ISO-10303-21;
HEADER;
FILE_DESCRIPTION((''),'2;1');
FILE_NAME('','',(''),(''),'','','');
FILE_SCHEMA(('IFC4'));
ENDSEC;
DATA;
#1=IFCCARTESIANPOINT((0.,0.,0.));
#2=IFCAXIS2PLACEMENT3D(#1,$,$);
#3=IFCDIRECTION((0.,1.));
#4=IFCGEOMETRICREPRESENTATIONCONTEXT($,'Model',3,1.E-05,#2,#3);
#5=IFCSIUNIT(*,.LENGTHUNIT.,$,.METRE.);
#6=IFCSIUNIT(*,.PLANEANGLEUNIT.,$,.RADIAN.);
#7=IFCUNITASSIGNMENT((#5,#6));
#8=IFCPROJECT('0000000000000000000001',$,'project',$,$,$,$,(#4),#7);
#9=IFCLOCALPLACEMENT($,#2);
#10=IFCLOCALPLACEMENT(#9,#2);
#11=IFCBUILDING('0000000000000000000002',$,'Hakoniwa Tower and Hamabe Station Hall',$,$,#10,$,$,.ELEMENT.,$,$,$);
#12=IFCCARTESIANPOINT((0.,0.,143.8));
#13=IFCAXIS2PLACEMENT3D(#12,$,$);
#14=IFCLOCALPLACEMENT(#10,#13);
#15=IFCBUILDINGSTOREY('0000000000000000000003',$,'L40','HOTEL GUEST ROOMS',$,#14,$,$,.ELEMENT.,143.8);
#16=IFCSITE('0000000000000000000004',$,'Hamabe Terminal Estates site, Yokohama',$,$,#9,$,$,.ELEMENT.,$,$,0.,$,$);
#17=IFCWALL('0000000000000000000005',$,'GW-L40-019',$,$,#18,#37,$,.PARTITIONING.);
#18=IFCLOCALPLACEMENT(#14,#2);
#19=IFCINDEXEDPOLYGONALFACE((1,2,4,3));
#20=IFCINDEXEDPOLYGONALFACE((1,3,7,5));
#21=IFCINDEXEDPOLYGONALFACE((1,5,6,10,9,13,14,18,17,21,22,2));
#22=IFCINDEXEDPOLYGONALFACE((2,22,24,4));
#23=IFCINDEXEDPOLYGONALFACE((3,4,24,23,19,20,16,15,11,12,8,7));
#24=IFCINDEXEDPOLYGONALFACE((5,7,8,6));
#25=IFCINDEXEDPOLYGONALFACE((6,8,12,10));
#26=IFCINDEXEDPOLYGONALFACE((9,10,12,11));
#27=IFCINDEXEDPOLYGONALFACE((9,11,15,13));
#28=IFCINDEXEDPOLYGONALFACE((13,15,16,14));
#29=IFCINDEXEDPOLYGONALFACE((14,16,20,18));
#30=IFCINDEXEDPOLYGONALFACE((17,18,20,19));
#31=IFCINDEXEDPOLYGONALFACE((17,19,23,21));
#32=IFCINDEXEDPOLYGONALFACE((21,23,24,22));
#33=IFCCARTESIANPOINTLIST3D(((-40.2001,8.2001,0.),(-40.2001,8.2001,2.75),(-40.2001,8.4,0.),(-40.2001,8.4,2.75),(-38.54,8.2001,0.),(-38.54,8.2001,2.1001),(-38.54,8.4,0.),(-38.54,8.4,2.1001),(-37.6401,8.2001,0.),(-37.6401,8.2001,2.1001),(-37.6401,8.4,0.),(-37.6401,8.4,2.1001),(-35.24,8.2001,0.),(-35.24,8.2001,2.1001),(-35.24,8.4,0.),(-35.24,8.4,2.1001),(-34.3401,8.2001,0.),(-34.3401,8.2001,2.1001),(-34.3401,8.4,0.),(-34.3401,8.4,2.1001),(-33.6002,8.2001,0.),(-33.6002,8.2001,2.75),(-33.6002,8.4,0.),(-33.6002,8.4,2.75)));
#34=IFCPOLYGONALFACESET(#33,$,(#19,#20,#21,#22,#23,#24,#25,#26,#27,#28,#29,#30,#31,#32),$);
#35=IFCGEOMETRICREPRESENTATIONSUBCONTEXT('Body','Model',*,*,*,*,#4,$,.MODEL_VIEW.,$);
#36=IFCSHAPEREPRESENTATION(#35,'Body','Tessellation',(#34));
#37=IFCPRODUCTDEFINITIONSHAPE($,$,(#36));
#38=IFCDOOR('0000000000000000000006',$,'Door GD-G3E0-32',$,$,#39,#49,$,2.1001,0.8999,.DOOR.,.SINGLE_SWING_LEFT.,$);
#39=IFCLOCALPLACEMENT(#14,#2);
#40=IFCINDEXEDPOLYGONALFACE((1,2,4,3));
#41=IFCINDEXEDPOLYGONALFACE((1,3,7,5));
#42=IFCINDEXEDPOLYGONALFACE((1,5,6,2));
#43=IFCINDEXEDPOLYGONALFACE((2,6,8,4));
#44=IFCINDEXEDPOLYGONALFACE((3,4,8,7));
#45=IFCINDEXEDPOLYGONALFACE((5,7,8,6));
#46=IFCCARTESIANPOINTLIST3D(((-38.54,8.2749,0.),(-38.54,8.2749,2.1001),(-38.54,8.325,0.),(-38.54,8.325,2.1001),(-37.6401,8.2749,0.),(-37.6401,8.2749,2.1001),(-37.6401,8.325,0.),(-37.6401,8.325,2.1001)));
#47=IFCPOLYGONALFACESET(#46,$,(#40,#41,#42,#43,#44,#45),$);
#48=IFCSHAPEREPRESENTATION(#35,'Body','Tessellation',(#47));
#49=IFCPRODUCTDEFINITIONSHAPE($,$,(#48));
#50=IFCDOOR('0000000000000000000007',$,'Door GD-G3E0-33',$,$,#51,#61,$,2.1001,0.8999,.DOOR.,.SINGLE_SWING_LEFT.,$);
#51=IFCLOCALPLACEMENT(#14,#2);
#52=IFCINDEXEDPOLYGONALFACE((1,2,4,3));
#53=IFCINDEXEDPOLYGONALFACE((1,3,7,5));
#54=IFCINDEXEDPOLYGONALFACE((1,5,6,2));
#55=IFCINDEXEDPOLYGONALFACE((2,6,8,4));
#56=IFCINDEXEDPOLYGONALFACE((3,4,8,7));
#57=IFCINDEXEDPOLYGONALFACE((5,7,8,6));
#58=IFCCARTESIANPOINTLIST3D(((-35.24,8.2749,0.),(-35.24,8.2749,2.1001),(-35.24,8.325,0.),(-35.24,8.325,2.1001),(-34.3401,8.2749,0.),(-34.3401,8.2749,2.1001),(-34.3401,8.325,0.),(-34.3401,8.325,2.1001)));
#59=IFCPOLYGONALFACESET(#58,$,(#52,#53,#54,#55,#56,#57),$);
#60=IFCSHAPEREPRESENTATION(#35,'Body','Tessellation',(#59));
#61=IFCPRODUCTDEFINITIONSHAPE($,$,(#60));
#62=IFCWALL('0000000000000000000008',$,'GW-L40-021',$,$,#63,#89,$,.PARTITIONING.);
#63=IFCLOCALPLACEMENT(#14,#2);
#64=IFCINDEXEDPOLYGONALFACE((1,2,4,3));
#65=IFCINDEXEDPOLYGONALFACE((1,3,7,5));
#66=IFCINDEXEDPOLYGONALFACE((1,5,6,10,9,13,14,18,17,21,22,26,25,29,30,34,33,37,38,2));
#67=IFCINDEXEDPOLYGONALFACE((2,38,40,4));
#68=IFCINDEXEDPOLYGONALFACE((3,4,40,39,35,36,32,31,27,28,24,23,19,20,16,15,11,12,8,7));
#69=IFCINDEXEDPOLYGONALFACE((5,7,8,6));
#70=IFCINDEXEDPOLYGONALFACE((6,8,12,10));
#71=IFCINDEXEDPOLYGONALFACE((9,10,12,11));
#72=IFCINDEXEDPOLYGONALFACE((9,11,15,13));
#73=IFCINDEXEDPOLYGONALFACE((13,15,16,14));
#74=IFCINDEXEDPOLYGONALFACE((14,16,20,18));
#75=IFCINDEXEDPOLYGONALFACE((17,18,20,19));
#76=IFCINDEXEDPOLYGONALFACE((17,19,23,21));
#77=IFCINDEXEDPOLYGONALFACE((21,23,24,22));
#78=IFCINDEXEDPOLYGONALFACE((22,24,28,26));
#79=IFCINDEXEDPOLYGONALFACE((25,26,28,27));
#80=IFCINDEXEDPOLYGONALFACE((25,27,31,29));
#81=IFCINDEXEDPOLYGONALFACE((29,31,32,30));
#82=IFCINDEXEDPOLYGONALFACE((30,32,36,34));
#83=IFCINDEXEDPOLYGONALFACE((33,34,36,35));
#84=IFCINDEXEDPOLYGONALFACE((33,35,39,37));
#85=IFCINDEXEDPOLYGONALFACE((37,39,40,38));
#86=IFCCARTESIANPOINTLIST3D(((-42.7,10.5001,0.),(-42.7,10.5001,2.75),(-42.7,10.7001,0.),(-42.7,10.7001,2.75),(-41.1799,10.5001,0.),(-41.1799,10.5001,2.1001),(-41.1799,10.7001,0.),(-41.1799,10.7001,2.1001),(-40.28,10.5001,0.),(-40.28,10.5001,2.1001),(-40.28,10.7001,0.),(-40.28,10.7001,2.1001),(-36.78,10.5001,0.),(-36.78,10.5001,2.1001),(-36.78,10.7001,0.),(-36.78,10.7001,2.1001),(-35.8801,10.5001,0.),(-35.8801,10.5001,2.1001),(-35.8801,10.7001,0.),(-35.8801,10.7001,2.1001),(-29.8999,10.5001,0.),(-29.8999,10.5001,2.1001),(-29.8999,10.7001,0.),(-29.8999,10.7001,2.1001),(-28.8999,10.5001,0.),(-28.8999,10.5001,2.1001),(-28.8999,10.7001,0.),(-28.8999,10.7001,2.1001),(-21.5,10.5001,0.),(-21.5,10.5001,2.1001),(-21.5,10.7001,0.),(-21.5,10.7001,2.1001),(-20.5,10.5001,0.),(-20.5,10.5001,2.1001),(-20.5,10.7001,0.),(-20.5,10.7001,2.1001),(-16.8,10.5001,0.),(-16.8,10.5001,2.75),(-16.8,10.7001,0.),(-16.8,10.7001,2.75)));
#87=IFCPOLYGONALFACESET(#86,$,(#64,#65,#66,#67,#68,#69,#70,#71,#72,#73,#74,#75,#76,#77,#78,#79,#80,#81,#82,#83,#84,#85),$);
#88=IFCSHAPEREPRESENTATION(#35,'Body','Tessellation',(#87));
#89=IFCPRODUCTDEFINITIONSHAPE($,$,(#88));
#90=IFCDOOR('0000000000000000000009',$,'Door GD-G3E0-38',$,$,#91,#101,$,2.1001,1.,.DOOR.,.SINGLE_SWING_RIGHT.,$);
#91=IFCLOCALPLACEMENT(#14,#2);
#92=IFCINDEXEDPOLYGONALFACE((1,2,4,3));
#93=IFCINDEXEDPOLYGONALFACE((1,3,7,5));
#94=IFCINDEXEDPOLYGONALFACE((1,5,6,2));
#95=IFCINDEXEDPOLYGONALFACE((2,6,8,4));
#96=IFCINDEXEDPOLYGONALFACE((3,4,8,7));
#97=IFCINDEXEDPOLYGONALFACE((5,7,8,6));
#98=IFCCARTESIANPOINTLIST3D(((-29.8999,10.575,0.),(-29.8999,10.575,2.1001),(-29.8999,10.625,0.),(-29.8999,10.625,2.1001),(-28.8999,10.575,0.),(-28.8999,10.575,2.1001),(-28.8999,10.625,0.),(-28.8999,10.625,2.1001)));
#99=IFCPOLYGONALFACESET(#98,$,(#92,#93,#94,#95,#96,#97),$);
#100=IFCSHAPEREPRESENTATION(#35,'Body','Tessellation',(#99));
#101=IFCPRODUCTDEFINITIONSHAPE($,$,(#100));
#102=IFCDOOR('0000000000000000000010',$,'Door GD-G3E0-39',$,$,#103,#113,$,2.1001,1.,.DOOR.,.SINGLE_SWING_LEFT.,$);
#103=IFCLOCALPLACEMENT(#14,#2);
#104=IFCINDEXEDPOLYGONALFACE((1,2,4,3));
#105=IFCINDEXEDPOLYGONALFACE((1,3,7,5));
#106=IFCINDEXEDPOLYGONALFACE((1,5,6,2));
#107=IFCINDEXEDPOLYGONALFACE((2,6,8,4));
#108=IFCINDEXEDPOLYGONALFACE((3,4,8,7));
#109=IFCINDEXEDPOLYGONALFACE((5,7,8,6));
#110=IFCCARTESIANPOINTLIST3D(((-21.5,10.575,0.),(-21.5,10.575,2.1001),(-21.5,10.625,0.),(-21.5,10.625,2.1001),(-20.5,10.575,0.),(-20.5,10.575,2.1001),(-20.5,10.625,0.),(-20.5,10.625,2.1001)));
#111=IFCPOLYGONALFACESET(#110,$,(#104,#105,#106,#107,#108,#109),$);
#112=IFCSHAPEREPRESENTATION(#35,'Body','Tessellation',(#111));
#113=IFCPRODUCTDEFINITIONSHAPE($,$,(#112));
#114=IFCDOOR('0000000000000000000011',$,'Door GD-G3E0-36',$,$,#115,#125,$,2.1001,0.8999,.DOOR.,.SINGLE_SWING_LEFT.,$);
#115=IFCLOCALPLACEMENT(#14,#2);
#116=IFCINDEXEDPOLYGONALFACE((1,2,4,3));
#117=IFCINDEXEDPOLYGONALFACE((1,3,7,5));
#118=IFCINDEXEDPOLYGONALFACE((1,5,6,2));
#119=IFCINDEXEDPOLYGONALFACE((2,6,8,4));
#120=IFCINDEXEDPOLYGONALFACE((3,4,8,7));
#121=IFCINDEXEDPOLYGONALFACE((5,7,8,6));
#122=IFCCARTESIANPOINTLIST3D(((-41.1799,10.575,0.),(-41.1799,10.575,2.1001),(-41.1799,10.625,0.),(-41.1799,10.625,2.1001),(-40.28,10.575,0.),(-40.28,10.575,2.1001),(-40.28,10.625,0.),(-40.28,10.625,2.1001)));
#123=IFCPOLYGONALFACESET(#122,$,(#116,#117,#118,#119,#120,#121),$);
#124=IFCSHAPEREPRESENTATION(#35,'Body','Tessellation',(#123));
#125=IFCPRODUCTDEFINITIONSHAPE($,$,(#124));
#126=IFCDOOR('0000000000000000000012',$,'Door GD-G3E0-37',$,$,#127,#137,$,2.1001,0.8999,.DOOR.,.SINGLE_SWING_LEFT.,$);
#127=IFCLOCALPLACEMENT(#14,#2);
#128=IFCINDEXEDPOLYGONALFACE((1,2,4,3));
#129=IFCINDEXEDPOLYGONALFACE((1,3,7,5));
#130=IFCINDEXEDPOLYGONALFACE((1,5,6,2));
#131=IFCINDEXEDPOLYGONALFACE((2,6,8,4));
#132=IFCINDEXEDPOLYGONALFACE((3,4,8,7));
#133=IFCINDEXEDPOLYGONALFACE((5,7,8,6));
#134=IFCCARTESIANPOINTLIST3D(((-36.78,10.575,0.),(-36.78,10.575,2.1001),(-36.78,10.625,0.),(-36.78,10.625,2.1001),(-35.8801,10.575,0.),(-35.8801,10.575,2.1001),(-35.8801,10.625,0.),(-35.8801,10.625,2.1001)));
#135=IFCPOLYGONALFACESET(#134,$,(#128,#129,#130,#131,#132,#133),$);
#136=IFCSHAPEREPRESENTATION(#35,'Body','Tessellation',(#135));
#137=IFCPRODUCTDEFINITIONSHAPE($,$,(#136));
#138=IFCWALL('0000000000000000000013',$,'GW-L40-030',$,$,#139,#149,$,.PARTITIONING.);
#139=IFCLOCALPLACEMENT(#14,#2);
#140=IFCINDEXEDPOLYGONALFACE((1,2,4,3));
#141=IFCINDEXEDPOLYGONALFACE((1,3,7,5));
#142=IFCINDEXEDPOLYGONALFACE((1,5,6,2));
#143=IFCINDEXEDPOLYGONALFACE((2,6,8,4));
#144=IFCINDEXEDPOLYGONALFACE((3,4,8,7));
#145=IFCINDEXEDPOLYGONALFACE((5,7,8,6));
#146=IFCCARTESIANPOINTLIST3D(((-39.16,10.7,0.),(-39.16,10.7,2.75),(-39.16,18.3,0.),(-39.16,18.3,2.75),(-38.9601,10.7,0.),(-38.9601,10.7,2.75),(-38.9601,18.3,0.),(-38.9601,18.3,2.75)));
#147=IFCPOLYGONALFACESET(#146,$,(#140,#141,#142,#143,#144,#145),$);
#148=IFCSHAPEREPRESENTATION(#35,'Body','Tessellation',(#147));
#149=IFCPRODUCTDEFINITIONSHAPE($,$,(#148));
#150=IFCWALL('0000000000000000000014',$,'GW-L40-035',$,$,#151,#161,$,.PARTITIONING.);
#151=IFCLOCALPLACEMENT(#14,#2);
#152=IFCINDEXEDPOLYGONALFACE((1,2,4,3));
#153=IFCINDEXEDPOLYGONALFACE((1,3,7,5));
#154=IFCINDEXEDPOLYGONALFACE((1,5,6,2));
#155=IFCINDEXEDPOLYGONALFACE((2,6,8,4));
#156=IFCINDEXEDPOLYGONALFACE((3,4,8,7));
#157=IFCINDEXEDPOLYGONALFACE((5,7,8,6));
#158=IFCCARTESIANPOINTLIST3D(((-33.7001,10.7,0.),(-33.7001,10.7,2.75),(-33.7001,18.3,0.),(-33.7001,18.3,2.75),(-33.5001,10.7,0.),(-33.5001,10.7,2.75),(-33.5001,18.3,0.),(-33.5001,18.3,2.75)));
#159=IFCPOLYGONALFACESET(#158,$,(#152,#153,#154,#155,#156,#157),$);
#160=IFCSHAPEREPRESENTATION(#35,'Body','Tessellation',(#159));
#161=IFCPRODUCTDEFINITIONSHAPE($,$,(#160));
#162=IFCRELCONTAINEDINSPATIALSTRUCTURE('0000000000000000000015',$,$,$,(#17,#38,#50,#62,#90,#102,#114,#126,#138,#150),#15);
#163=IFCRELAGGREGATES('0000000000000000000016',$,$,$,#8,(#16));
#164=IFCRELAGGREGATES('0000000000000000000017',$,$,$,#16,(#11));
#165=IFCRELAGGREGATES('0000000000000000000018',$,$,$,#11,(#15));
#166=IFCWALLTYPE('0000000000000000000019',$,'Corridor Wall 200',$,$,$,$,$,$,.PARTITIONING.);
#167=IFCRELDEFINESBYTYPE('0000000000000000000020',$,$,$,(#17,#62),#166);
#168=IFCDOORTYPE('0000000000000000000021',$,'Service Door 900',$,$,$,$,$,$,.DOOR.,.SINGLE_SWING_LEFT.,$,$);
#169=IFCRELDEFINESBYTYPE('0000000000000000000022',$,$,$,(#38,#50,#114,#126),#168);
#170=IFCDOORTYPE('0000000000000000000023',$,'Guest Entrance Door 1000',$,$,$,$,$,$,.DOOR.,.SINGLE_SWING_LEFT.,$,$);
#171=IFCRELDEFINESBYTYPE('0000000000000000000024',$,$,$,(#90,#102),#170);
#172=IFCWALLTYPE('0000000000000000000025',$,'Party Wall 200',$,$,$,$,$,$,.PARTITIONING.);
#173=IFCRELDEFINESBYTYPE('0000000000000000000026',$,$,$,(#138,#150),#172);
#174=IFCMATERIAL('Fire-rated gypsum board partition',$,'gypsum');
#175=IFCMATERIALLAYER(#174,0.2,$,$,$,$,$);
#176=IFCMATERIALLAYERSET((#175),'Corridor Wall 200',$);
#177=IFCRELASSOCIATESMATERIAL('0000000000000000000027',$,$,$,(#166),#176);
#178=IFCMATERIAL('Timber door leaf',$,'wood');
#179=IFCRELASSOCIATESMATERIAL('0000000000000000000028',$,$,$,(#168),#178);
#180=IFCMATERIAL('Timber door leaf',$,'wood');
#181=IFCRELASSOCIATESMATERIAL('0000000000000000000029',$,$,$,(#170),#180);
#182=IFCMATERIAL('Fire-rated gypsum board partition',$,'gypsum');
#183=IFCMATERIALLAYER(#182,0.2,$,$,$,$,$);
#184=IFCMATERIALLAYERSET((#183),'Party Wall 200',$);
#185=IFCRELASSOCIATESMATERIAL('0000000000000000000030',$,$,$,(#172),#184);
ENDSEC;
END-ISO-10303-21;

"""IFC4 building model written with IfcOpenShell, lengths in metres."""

from ifc_helpers import new_model, si_unit, direction, frame, frame_2d, origin, place, context, subcontext, project, spatial, rectangle, extrude, material, layer, layer_set, type_object, element, fill, save


model = new_model("IFC4")

# Units and contexts
model_context = context("Model", 3, precision=1e-05, world=origin(), true_north=direction((0.0, 1.0)))
body_context = subcontext(model_context, "Body", "Model", "MODEL_VIEW")
ifc_project = project(units=[si_unit("LENGTHUNIT", "METRE"), si_unit("PLANEANGLEUNIT", "RADIAN")], contexts=[model_context])

# Site, building, storey
site_placement = place(None, origin())
site = spatial("IfcSite", under=ifc_project, at=site_placement, Name="Hamabe Terminal Estates site, Yokohama", CompositionType="ELEMENT", RefElevation=0.0)
building_placement = place(site_placement, origin())
building = spatial("IfcBuilding", under=site, at=building_placement, Name="Hakoniwa Tower and Hamabe Station Hall", CompositionType="ELEMENT")
storey_placement = place(building_placement, frame((0.0, 0.0, 143.8)))
storey = spatial("IfcBuildingStorey", under=building, at=storey_placement, Name="L40", Description="HOTEL GUEST ROOMS", CompositionType="ELEMENT", Elevation=143.8)

# Walls, openings, doors
ifc_material_1 = material(Name="Fire-rated gypsum board partition", Category="gypsum")
ifc_layer_1 = layer(ifc_material_1, 0.2)
ifc_layer_set_1 = layer_set([ifc_layer_1], Name="Corridor Wall 200")
wall_type_1 = type_object("IfcWallType", Name="Corridor Wall 200", PredefinedType="PARTITIONING", material=ifc_layer_set_1)
wall_1_placement = place(storey_placement, frame((-40.2, 8.3, 0.0), z_axis=(0.0, 0.0, 1.0), x_axis=(1.0, 0.0, 0.0)))
wall_1 = element("IfcWall", 1, at=wall_1_placement, inside=storey, type_object=wall_type_1, Name="GW-L40-019", PredefinedType="PARTITIONING", context=body_context, shape_type="SweptSolid", body=[
    extrude(rectangle(XDim=6.5999, YDim=0.2, at=frame_2d((3.2998, 0.0))), origin(), (0.0, 0.0, 1.0), 2.75),
])
opening_1_placement = place(wall_1_placement, frame((1.6599, 0.0, 0.0)))
opening_1 = element("IfcOpeningElement", 2, at=opening_1_placement, cuts=wall_1, PredefinedType="OPENING", context=body_context, shape_type="SweptSolid", body=[
    extrude(rectangle(XDim=0.8999, YDim=2.1001, at=frame_2d((0.45, 1.05))), frame((0.0, 0.1099, 0.0), z_axis=(0.0, -1.0, 0.0), x_axis=(1.0, 0.0, 0.0)), (0.0, 0.0, 1.0), 0.22),
])
opening_2_placement = place(wall_1_placement, frame((4.96, 0.0, 0.0)))
opening_2 = element("IfcOpeningElement", 3, at=opening_2_placement, cuts=wall_1, PredefinedType="OPENING", context=body_context, shape_type="SweptSolid", body=[
    extrude(rectangle(XDim=0.8999, YDim=2.1001, at=frame_2d((0.45, 1.05))), frame((0.0, 0.1099, 0.0), z_axis=(0.0, -1.0, 0.0), x_axis=(1.0, 0.0, 0.0)), (0.0, 0.0, 1.0), 0.22),
])
ifc_material_2 = material(Name="Timber door leaf", Category="wood")
door_type_1 = type_object("IfcDoorType", Name="Service Door 900", OperationType="SINGLE_SWING_LEFT", PredefinedType="DOOR", material=ifc_material_2)
door_1_placement = place(opening_1_placement, origin())
door_1 = element("IfcDoor", 4, at=door_1_placement, inside=storey, type_object=door_type_1, Name="Door GD-G3E0-32", OperationType="SINGLE_SWING_LEFT", OverallHeight=2.1001, OverallWidth=0.8999, PredefinedType="DOOR", context=body_context, shape_type="SweptSolid", body=[
    extrude(rectangle(XDim=0.8999, YDim=2.1001, at=frame_2d((0.45, 1.05))), frame((0.0, 0.0249, 0.0), z_axis=(0.0, -1.0, 0.0), x_axis=(1.0, 0.0, 0.0)), (0.0, 0.0, 1.0), 0.05),
])
fill(opening_1, door_1)
door_2_placement = place(opening_2_placement, origin())
door_2 = element("IfcDoor", 5, at=door_2_placement, inside=storey, type_object=door_type_1, Name="Door GD-G3E0-33", OperationType="SINGLE_SWING_LEFT", OverallHeight=2.1001, OverallWidth=0.8999, PredefinedType="DOOR", context=body_context, shape_type="SweptSolid", body=[
    extrude(rectangle(XDim=0.8999, YDim=2.1001, at=frame_2d((0.45, 1.05))), frame((0.0, 0.0249, 0.0), z_axis=(0.0, -1.0, 0.0), x_axis=(1.0, 0.0, 0.0)), (0.0, 0.0, 1.0), 0.05),
])
fill(opening_2, door_2)
wall_2_placement = place(storey_placement, frame((-42.7, 10.6001, 0.0), z_axis=(0.0, 0.0, 1.0), x_axis=(1.0, 0.0, 0.0)))
wall_2 = element("IfcWall", 6, at=wall_2_placement, inside=storey, type_object=wall_type_1, Name="GW-L40-021", PredefinedType="PARTITIONING", context=body_context, shape_type="SweptSolid", body=[
    extrude(rectangle(XDim=25.8999, YDim=0.2, at=frame_2d((12.95, 0.0))), origin(), (0.0, 0.0, 1.0), 2.75),
])
opening_3_placement = place(wall_2_placement, frame((1.52, 0.0, 0.0)))
opening_3 = element("IfcOpeningElement", 7, at=opening_3_placement, cuts=wall_2, PredefinedType="OPENING", context=body_context, shape_type="SweptSolid", body=[
    extrude(rectangle(XDim=0.8999, YDim=2.1001, at=frame_2d((0.45, 1.05))), frame((0.0, 0.1099, 0.0), z_axis=(0.0, -1.0, 0.0), x_axis=(1.0, 0.0, 0.0)), (0.0, 0.0, 1.0), 0.22),
])
opening_4_placement = place(wall_2_placement, frame((5.9199, 0.0, 0.0)))
opening_4 = element("IfcOpeningElement", 8, at=opening_4_placement, cuts=wall_2, PredefinedType="OPENING", context=body_context, shape_type="SweptSolid", body=[
    extrude(rectangle(XDim=0.8999, YDim=2.1001, at=frame_2d((0.45, 1.05))), frame((0.0, 0.1099, 0.0), z_axis=(0.0, -1.0, 0.0), x_axis=(1.0, 0.0, 0.0)), (0.0, 0.0, 1.0), 0.22),
])
opening_5_placement = place(wall_2_placement, frame((12.8, 0.0, 0.0)))
opening_5 = element("IfcOpeningElement", 9, at=opening_5_placement, cuts=wall_2, PredefinedType="OPENING", context=body_context, shape_type="SweptSolid", body=[
    extrude(rectangle(XDim=1.0, YDim=2.1001, at=frame_2d((0.5, 1.05))), frame((0.0, 0.1099, 0.0), z_axis=(0.0, -1.0, 0.0), x_axis=(1.0, 0.0, 0.0)), (0.0, 0.0, 1.0), 0.22),
])
opening_6_placement = place(wall_2_placement, frame((21.2, 0.0, 0.0)))
opening_6 = element("IfcOpeningElement", 10, at=opening_6_placement, cuts=wall_2, PredefinedType="OPENING", context=body_context, shape_type="SweptSolid", body=[
    extrude(rectangle(XDim=1.0, YDim=2.1001, at=frame_2d((0.5, 1.05))), frame((0.0, 0.1099, 0.0), z_axis=(0.0, -1.0, 0.0), x_axis=(1.0, 0.0, 0.0)), (0.0, 0.0, 1.0), 0.22),
])
ifc_material_3 = material(Name="Timber door leaf", Category="wood")
door_type_2 = type_object("IfcDoorType", Name="Guest Entrance Door 1000", OperationType="SINGLE_SWING_LEFT", PredefinedType="DOOR", material=ifc_material_3)
door_3_placement = place(opening_5_placement, origin())
door_3 = element("IfcDoor", 11, at=door_3_placement, inside=storey, type_object=door_type_2, Name="Door GD-G3E0-38", OperationType="SINGLE_SWING_RIGHT", OverallHeight=2.1001, OverallWidth=1.0, PredefinedType="DOOR", context=body_context, shape_type="SweptSolid", body=[
    extrude(rectangle(XDim=1.0, YDim=2.1001, at=frame_2d((0.5, 1.05))), frame((0.0, 0.0249, 0.0), z_axis=(0.0, -1.0, 0.0), x_axis=(1.0, 0.0, 0.0)), (0.0, 0.0, 1.0), 0.05),
])
fill(opening_5, door_3)
door_4_placement = place(opening_6_placement, origin())
door_4 = element("IfcDoor", 12, at=door_4_placement, inside=storey, type_object=door_type_2, Name="Door GD-G3E0-39", OperationType="SINGLE_SWING_LEFT", OverallHeight=2.1001, OverallWidth=1.0, PredefinedType="DOOR", context=body_context, shape_type="SweptSolid", body=[
    extrude(rectangle(XDim=1.0, YDim=2.1001, at=frame_2d((0.5, 1.05))), frame((0.0, 0.0249, 0.0), z_axis=(0.0, -1.0, 0.0), x_axis=(1.0, 0.0, 0.0)), (0.0, 0.0, 1.0), 0.05),
])
fill(opening_6, door_4)
door_5_placement = place(opening_3_placement, origin())
door_5 = element("IfcDoor", 13, at=door_5_placement, inside=storey, type_object=door_type_1, Name="Door GD-G3E0-36", OperationType="SINGLE_SWING_LEFT", OverallHeight=2.1001, OverallWidth=0.8999, PredefinedType="DOOR", context=body_context, shape_type="SweptSolid", body=[
    extrude(rectangle(XDim=0.8999, YDim=2.1001, at=frame_2d((0.45, 1.05))), frame((0.0, 0.0249, 0.0), z_axis=(0.0, -1.0, 0.0), x_axis=(1.0, 0.0, 0.0)), (0.0, 0.0, 1.0), 0.05),
])
fill(opening_3, door_5)
door_6_placement = place(opening_4_placement, origin())
door_6 = element("IfcDoor", 14, at=door_6_placement, inside=storey, type_object=door_type_1, Name="Door GD-G3E0-37", OperationType="SINGLE_SWING_LEFT", OverallHeight=2.1001, OverallWidth=0.8999, PredefinedType="DOOR", context=body_context, shape_type="SweptSolid", body=[
    extrude(rectangle(XDim=0.8999, YDim=2.1001, at=frame_2d((0.45, 1.05))), frame((0.0, 0.0249, 0.0), z_axis=(0.0, -1.0, 0.0), x_axis=(1.0, 0.0, 0.0)), (0.0, 0.0, 1.0), 0.05),
])
fill(opening_4, door_6)

# Walls
ifc_material_4 = material(Name="Fire-rated gypsum board partition", Category="gypsum")
ifc_layer_2 = layer(ifc_material_4, 0.2)
ifc_layer_set_2 = layer_set([ifc_layer_2], Name="Party Wall 200")
wall_type_2 = type_object("IfcWallType", Name="Party Wall 200", PredefinedType="PARTITIONING", material=ifc_layer_set_2)
for number, where, z_axis, x_axis, name in (
    (15, (-39.0601, 10.7, 0.0), (0.0, 0.0, 1.0), (0.0, 1.0, 0.0), "GW-L40-030"),
    (16, (-33.6001, 10.7, 0.0), (0.0, 0.0, 1.0), (0.0, 1.0, 0.0), "GW-L40-035"),
):
    element("IfcWall", number, at=place(storey_placement, frame(where, z_axis=z_axis, x_axis=x_axis)), inside=storey, type_object=wall_type_2, Name=name, PredefinedType="PARTITIONING", context=body_context, shape_type="SweptSolid", body=[
        extrude(rectangle(XDim=7.6001, YDim=0.2, at=frame_2d((3.8, 0.0))), origin(), (0.0, 0.0, 1.0), 2.75),
    ])

save(model, "model.ifc")
